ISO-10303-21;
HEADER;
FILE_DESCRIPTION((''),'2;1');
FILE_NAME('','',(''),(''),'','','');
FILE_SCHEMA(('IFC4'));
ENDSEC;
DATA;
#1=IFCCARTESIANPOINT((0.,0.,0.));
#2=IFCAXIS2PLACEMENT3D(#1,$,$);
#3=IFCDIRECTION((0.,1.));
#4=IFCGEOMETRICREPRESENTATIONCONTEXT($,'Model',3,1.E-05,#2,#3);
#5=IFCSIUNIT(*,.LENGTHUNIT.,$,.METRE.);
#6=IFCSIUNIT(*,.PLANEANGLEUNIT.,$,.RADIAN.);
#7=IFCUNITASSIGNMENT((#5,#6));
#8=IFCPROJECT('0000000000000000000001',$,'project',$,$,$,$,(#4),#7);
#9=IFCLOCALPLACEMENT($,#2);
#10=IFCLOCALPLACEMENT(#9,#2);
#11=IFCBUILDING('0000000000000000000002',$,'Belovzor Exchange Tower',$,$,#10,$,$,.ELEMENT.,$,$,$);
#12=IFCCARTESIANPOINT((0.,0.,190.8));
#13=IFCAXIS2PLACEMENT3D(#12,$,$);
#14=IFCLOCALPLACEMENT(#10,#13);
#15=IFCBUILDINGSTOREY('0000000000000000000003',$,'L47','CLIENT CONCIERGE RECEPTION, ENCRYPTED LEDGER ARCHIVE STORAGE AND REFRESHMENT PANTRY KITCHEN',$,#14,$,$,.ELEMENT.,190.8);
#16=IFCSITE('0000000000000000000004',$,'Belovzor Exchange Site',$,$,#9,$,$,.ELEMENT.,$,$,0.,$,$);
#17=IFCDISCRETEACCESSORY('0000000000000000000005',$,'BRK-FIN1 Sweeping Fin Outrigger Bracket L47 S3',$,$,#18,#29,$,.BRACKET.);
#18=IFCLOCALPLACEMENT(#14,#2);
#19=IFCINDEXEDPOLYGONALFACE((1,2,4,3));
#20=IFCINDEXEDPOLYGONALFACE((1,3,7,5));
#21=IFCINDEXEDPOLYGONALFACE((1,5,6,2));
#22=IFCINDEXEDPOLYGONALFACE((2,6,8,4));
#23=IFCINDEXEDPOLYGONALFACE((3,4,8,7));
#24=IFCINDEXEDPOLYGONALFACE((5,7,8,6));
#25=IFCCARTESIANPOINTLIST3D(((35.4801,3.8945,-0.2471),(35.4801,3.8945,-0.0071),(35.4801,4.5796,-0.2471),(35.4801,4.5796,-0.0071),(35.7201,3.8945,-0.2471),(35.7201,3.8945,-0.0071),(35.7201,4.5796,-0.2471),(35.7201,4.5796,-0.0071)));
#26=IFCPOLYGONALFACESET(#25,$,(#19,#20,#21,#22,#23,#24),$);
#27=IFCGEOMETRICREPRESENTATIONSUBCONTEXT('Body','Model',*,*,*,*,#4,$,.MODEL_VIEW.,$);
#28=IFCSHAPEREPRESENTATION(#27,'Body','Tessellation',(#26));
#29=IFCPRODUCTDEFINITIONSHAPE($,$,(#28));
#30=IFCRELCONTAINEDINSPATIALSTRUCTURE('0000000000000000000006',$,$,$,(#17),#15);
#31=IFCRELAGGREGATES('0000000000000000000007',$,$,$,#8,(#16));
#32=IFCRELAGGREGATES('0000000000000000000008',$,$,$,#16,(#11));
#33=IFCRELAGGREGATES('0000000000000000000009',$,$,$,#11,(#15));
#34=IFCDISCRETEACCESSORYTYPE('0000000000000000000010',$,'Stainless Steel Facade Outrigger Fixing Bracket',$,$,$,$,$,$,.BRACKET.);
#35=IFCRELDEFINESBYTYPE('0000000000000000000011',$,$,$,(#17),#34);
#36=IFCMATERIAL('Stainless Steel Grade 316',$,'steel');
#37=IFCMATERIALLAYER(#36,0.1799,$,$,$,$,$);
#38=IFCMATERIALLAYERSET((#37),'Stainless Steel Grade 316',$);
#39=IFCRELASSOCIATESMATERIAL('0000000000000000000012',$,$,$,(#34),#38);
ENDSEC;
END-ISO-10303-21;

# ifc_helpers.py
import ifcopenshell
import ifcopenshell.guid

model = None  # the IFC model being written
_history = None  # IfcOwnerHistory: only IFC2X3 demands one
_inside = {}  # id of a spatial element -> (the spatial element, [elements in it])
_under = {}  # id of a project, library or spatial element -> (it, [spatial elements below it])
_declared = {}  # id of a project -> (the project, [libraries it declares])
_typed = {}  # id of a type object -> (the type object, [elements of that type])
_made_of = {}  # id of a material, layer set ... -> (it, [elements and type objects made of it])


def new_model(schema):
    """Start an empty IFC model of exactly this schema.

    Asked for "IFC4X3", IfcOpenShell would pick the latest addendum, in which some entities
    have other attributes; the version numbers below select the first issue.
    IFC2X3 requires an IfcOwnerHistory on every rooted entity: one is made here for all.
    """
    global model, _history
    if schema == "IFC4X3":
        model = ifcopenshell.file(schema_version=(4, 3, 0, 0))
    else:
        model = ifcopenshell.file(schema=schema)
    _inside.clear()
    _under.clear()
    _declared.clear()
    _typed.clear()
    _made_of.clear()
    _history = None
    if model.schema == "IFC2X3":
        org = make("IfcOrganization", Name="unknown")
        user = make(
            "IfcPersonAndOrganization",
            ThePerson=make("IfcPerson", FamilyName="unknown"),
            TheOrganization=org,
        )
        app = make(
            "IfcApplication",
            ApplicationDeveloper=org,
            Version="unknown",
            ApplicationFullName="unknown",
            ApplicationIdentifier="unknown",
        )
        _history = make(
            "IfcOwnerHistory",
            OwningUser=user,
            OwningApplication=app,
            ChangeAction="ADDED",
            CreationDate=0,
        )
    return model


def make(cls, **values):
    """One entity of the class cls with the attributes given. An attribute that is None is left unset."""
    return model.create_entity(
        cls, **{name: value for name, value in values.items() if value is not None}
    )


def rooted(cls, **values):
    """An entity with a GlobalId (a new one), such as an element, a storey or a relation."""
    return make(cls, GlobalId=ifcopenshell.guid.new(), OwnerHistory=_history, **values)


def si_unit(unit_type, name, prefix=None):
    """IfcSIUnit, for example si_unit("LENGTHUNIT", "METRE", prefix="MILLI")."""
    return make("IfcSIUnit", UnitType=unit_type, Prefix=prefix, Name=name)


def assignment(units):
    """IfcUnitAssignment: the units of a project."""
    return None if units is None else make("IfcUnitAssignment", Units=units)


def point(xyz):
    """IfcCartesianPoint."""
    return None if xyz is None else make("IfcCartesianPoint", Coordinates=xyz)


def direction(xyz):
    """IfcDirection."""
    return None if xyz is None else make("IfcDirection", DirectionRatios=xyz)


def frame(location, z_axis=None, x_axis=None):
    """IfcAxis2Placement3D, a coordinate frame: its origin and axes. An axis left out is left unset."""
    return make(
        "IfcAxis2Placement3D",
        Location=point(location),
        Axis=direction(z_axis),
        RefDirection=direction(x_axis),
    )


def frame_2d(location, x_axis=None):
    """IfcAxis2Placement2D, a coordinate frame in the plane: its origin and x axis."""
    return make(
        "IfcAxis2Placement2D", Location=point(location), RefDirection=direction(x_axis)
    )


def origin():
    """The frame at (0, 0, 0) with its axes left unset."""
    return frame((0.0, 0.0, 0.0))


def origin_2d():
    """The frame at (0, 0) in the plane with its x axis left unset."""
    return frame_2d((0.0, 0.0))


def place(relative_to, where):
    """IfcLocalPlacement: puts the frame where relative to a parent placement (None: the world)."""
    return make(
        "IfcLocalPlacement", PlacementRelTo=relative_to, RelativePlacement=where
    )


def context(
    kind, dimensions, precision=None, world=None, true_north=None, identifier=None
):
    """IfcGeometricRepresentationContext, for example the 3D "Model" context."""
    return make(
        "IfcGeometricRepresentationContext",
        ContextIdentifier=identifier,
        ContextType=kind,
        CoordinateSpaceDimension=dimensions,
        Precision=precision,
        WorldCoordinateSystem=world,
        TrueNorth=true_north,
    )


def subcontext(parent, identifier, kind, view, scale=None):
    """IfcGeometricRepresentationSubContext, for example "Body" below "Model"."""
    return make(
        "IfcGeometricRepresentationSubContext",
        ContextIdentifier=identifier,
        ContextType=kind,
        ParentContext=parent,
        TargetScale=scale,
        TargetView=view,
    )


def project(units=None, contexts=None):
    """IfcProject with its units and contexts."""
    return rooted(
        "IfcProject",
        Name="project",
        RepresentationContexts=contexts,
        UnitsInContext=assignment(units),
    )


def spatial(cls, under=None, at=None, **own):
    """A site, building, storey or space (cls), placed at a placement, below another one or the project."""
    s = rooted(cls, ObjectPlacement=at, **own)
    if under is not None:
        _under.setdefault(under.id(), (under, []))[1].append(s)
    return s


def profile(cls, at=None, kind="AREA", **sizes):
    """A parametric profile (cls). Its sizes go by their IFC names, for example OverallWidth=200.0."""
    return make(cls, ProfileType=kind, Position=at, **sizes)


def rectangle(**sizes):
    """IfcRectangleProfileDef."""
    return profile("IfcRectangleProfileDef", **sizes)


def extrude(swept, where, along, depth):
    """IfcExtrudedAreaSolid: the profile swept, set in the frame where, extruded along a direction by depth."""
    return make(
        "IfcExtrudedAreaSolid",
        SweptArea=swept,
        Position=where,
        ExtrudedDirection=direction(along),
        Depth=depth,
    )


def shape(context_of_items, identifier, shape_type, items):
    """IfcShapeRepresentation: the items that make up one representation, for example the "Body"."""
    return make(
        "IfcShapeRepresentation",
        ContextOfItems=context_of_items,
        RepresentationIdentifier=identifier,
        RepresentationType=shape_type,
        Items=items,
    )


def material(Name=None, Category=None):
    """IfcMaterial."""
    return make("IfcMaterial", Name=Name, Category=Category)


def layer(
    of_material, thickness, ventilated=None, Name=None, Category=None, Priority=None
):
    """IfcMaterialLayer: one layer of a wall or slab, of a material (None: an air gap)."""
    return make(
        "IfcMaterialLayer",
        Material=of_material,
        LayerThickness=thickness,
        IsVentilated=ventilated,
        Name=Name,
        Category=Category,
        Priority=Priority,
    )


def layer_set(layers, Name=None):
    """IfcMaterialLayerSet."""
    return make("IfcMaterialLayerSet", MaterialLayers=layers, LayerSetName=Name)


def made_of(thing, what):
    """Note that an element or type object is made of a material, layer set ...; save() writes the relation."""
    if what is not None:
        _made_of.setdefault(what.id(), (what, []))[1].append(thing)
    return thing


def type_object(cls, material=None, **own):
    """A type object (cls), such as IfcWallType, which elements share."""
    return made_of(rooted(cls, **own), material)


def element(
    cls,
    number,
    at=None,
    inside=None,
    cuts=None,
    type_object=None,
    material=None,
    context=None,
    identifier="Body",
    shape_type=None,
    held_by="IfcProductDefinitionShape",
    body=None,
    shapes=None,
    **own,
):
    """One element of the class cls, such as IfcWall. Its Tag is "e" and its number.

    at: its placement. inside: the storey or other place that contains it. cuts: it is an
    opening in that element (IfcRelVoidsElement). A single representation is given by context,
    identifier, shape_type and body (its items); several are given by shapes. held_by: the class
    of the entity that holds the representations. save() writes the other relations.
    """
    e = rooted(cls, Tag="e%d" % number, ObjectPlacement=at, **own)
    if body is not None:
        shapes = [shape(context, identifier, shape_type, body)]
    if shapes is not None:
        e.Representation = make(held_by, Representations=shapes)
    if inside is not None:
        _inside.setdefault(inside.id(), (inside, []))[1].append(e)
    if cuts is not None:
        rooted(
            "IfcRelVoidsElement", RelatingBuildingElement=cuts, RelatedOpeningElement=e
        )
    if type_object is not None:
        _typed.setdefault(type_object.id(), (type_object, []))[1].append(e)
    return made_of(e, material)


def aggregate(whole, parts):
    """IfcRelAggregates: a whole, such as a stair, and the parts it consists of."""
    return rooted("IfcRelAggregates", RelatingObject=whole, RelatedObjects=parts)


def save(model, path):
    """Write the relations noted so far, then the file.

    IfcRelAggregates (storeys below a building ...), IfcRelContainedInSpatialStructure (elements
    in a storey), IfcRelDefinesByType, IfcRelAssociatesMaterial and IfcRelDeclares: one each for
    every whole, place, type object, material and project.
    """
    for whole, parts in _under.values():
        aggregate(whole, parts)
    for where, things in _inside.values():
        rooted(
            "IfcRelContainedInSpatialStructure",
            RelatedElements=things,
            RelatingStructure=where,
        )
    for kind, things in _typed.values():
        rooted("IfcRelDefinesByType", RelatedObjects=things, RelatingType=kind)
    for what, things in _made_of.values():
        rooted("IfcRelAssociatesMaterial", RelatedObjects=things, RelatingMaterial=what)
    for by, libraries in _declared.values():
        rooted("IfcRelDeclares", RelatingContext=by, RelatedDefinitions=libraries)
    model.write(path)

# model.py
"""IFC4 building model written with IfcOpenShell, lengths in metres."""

from ifc_helpers import new_model, si_unit, direction, frame, origin, origin_2d, place, context, subcontext, project, spatial, rectangle, extrude, material, layer, layer_set, type_object, element, save


model = new_model("IFC4")

# Units and contexts
model_context = context("Model", 3, precision=1e-05, world=origin(), true_north=direction((0.0, 1.0)))
body_context = subcontext(model_context, "Body", "Model", "MODEL_VIEW")
ifc_project = project(units=[si_unit("LENGTHUNIT", "METRE"), si_unit("PLANEANGLEUNIT", "RADIAN")], contexts=[model_context])

# Site, building, storey
site_placement = place(None, origin())
site = spatial("IfcSite", under=ifc_project, at=site_placement, Name="Belovzor Exchange Site", CompositionType="ELEMENT", RefElevation=0.0)
building_placement = place(site_placement, origin())
building = spatial("IfcBuilding", under=site, at=building_placement, Name="Belovzor Exchange Tower", CompositionType="ELEMENT")
storey_placement = place(building_placement, frame((0.0, 0.0, 190.8)))
storey = spatial("IfcBuildingStorey", under=building, at=storey_placement, Name="L47", Description="CLIENT CONCIERGE RECEPTION, ENCRYPTED LEDGER ARCHIVE STORAGE AND REFRESHMENT PANTRY KITCHEN", CompositionType="ELEMENT", Elevation=190.8)

# Discrete accessory
ifc_material_1 = material(Name="Stainless Steel Grade 316", Category="steel")
ifc_layer_1 = layer(ifc_material_1, 0.1799)
ifc_layer_set_1 = layer_set([ifc_layer_1], Name="Stainless Steel Grade 316")
discrete_accessory_type = type_object("IfcDiscreteAccessoryType", Name="Stainless Steel Facade Outrigger Fixing Bracket", PredefinedType="BRACKET", material=ifc_layer_set_1)
discrete_accessory_placement = place(storey_placement, frame((35.6001, 4.2371, -0.2471), z_axis=(0.0, 0.0, 1.0), x_axis=(0.0, 1.0, 0.0)))
element("IfcDiscreteAccessory", 1, at=discrete_accessory_placement, inside=storey, type_object=discrete_accessory_type, Name="BRK-FIN1 Sweeping Fin Outrigger Bracket L47 S3", PredefinedType="BRACKET", context=body_context, shape_type="SweptSolid", body=[
    extrude(rectangle(XDim=0.6851, YDim=0.24, at=origin_2d()), origin(), (0.0, 0.0, 1.0), 0.24),
])

save(model, "model.ifc")
